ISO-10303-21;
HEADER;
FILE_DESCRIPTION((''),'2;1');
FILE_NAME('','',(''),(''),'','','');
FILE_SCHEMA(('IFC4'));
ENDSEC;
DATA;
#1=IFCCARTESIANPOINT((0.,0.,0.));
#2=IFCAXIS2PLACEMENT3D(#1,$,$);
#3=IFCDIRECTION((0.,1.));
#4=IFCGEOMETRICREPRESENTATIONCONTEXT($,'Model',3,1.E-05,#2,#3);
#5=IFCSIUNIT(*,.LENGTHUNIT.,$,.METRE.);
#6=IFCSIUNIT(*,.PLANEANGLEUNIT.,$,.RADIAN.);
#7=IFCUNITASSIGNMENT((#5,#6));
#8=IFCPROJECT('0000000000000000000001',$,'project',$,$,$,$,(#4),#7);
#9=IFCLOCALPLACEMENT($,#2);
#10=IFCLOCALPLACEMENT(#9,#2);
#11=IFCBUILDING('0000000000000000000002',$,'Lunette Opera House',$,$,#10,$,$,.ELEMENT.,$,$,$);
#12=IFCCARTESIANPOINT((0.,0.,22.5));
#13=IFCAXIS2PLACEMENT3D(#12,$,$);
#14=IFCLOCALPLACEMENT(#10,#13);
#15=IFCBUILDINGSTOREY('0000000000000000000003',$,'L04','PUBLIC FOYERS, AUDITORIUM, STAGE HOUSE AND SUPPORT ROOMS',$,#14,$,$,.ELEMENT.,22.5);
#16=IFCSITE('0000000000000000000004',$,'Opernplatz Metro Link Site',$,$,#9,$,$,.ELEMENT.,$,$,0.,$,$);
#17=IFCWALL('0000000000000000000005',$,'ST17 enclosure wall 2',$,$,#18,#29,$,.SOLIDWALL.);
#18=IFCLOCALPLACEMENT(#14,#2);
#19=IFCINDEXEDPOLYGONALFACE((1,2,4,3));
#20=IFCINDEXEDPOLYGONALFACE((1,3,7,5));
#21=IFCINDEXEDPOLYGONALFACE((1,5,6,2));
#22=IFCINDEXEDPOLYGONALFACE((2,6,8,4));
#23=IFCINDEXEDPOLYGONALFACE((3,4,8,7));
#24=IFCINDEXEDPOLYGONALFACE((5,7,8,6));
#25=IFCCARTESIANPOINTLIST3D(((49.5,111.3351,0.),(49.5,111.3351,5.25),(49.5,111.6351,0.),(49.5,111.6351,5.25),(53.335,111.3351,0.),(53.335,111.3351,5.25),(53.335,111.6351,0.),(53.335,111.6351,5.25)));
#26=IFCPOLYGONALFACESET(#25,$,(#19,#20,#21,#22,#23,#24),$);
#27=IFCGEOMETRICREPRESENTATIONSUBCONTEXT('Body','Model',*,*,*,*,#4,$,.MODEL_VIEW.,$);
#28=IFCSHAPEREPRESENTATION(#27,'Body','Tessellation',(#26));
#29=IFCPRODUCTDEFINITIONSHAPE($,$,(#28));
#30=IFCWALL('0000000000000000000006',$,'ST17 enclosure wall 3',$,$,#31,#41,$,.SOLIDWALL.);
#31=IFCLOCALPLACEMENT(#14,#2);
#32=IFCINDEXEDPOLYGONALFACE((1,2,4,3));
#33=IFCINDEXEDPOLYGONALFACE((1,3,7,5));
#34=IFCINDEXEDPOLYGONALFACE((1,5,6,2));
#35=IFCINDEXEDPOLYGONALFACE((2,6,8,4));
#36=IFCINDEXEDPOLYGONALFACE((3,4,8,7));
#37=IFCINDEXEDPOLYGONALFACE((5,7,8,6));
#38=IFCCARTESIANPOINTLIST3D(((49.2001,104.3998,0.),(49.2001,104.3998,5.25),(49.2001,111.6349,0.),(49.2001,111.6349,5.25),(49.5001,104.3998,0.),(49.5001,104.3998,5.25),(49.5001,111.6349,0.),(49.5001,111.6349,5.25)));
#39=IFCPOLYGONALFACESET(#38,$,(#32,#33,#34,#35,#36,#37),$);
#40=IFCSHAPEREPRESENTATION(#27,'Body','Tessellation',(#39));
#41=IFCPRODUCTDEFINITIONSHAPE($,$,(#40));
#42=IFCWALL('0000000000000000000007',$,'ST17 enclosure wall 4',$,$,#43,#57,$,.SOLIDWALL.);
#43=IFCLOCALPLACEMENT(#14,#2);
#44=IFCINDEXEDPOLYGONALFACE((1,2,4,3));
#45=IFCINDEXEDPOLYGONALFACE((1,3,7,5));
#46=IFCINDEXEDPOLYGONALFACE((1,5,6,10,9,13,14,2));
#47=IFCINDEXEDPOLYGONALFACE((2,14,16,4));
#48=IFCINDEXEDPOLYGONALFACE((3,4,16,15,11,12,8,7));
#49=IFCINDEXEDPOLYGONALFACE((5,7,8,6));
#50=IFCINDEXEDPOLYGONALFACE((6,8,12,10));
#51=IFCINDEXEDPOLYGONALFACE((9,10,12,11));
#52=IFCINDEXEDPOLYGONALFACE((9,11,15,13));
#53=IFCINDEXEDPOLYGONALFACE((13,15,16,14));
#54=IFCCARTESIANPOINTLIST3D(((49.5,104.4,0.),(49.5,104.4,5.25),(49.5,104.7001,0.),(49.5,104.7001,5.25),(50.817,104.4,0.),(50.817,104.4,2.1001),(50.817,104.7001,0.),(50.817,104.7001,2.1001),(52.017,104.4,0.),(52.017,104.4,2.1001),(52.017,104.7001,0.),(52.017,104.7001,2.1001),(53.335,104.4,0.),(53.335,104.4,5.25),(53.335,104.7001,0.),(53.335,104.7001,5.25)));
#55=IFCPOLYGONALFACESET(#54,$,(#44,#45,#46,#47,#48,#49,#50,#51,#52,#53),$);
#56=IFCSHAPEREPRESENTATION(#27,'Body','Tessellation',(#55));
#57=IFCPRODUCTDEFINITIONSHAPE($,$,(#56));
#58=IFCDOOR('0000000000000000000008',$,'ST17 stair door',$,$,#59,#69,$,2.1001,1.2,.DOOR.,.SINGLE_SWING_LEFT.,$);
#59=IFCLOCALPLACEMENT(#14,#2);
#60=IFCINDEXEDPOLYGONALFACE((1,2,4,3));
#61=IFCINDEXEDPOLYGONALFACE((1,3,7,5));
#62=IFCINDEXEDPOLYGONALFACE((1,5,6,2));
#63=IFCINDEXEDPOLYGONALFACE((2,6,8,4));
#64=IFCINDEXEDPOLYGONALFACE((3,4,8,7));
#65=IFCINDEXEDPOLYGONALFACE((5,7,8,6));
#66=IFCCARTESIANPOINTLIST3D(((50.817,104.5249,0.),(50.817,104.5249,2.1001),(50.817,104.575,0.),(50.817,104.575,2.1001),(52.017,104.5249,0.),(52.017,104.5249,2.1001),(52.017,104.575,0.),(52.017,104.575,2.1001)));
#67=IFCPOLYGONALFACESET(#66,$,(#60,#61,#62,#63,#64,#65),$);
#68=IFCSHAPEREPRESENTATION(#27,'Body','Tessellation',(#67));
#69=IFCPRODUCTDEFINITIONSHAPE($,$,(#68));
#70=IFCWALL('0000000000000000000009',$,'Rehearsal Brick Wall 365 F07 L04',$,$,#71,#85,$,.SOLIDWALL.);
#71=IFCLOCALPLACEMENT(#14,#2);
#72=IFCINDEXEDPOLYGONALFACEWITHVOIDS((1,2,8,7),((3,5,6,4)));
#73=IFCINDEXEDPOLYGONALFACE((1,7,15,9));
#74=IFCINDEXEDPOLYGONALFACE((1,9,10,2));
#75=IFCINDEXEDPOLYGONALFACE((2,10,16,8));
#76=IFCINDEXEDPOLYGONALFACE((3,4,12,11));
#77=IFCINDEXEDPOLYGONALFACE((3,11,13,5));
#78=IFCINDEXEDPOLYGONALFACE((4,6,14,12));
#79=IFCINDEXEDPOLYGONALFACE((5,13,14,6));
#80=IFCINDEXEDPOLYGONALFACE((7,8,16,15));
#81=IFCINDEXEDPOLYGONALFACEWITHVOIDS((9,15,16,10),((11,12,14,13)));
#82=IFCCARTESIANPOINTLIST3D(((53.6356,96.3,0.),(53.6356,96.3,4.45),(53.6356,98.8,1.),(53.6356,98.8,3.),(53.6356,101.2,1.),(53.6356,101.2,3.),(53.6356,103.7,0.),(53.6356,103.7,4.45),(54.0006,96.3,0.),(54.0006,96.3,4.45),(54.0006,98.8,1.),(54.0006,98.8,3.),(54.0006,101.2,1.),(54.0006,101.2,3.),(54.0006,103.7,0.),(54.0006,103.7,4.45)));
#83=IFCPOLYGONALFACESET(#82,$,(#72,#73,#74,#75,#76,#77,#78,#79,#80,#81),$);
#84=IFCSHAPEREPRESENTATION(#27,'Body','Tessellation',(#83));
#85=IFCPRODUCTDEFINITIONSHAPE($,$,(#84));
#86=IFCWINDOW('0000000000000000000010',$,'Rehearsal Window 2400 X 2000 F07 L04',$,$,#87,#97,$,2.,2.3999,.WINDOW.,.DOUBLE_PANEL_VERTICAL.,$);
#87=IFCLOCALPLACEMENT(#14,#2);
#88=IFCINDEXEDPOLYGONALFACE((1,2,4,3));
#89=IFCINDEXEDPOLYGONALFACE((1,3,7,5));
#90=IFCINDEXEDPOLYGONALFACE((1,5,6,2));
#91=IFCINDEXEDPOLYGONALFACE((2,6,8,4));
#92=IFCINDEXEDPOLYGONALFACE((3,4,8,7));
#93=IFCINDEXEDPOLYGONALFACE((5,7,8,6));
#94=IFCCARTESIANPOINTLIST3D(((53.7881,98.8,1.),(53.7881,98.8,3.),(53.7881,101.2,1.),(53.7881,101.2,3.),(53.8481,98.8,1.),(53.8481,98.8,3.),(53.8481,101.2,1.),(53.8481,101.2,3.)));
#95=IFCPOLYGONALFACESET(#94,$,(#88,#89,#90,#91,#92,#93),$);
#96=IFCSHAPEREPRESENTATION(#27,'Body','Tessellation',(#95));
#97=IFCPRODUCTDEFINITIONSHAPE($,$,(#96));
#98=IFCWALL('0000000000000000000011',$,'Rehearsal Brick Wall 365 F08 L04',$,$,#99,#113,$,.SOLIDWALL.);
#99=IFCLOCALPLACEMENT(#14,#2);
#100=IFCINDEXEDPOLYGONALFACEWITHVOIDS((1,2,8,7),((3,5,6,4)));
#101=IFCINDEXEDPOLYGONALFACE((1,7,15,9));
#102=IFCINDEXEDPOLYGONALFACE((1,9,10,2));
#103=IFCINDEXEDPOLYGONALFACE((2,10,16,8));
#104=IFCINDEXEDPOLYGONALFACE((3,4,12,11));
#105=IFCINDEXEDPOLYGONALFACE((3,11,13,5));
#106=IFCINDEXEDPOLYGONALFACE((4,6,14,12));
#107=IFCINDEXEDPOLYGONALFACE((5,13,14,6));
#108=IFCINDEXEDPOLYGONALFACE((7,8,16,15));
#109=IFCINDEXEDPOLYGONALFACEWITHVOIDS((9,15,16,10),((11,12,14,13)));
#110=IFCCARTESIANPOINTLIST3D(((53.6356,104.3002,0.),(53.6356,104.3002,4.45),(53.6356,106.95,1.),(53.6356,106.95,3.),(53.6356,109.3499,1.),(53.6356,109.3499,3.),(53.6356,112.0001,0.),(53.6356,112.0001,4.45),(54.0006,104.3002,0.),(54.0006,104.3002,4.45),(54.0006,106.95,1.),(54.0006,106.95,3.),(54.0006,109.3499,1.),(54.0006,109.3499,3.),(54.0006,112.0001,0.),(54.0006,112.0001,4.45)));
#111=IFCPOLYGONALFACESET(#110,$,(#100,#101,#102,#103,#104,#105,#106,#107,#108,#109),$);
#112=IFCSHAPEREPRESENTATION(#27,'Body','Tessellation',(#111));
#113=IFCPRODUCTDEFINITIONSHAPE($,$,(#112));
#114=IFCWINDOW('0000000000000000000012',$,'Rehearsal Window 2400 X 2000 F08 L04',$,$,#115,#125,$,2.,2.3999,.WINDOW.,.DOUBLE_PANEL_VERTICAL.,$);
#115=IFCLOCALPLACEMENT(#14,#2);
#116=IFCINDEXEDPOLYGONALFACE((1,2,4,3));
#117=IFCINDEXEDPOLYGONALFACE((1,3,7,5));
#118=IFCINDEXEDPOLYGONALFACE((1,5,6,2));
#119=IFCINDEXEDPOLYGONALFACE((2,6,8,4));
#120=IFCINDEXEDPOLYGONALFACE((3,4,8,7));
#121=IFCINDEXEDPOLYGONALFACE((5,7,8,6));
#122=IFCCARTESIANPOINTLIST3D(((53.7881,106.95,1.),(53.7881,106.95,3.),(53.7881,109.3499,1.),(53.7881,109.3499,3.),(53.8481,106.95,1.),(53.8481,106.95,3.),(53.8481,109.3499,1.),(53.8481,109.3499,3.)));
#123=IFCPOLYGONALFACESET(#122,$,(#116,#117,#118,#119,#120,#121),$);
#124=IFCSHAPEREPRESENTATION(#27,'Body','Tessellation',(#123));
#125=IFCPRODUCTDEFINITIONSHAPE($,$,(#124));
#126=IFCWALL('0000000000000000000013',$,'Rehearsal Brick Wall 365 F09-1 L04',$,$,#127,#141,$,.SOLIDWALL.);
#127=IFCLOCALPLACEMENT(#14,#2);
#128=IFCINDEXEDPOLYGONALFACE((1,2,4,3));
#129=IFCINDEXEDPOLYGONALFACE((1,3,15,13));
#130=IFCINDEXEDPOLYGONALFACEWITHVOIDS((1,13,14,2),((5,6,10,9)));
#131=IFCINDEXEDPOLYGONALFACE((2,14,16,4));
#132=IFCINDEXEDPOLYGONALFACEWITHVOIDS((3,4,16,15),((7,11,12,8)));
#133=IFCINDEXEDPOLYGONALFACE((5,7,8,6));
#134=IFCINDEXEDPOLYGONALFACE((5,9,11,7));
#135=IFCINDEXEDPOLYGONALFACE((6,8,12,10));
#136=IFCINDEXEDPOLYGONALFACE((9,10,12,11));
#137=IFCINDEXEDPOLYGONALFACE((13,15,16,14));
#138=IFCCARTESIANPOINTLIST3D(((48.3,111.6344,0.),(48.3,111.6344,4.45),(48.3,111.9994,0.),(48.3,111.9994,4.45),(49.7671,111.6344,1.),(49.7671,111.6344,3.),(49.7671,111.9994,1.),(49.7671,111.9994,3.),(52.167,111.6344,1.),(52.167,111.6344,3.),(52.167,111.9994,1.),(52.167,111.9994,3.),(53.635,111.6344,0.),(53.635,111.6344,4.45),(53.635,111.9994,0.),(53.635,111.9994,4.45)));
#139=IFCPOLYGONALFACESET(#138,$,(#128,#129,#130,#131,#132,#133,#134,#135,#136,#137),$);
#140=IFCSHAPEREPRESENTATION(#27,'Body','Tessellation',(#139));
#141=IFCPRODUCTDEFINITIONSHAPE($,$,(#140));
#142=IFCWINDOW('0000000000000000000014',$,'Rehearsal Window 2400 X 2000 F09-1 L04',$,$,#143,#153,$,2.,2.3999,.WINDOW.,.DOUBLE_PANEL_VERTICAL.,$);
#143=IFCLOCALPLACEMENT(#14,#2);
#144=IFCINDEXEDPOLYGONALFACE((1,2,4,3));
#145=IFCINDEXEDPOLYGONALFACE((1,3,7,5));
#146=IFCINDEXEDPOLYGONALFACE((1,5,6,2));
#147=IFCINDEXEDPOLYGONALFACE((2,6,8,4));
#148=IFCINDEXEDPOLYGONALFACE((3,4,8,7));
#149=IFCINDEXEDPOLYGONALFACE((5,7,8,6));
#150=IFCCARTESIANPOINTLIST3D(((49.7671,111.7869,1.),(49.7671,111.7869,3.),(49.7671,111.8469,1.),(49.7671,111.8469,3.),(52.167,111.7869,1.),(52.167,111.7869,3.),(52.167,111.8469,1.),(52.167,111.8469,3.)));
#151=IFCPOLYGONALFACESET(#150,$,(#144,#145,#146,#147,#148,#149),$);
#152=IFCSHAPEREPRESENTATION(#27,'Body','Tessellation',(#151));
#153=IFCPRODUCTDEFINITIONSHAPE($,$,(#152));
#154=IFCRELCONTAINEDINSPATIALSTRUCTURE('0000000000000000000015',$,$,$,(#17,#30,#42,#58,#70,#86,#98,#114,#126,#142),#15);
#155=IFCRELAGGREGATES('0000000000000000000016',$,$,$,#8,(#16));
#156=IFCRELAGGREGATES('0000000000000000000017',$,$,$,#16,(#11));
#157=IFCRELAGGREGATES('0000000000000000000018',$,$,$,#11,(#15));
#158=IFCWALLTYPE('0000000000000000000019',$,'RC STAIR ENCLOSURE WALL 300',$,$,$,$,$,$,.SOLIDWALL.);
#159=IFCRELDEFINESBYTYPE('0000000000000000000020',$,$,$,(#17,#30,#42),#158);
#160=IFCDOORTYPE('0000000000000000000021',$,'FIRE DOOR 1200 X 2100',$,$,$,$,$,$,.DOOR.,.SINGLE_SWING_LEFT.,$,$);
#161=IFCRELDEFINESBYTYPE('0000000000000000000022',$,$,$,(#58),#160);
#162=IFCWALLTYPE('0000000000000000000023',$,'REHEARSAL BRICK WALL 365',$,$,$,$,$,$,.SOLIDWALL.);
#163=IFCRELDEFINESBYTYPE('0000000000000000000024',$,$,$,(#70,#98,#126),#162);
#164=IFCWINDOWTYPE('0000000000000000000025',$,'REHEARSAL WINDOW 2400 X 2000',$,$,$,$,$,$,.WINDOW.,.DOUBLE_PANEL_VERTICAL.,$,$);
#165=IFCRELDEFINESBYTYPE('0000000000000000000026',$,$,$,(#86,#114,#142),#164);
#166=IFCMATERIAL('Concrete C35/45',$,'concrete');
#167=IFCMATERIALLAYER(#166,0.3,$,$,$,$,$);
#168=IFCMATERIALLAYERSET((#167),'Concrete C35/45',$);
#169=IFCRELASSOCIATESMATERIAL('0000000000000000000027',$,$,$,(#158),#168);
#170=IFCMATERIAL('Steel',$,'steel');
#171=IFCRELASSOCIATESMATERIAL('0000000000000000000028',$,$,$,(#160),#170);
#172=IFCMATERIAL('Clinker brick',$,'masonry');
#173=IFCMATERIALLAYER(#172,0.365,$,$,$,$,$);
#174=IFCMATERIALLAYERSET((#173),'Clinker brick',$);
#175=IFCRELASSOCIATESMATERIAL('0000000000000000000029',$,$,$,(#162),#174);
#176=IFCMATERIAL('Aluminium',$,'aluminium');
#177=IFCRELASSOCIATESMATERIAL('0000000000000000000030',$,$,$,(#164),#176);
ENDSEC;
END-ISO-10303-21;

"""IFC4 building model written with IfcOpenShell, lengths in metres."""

from ifc_helpers import new_model, si_unit, direction, frame, frame_2d, origin, place, context, subcontext, project, spatial, rectangle, extrude, material, layer, layer_set, type_object, element, fill, save


model = new_model("IFC4")

# Units and contexts
model_context = context("Model", 3, precision=1e-05, world=origin(), true_north=direction((0.0, 1.0)))
body_context = subcontext(model_context, "Body", "Model", "MODEL_VIEW")
ifc_project = project(units=[si_unit("LENGTHUNIT", "METRE"), si_unit("PLANEANGLEUNIT", "RADIAN")], contexts=[model_context])

# Site, building, storey
site_placement = place(None, origin())
site = spatial("IfcSite", under=ifc_project, at=site_placement, Name="Opernplatz Metro Link Site", CompositionType="ELEMENT", RefElevation=0.0)
building_placement = place(site_placement, origin())
building = spatial("IfcBuilding", under=site, at=building_placement, Name="Lunette Opera House", CompositionType="ELEMENT")
storey_placement = place(building_placement, frame((0.0, 0.0, 22.5)))
storey = spatial("IfcBuildingStorey", under=building, at=storey_placement, Name="L04", Description="PUBLIC FOYERS, AUDITORIUM, STAGE HOUSE AND SUPPORT ROOMS", CompositionType="ELEMENT", Elevation=22.5)

# Walls
ifc_material_1 = material(Name="Concrete C35/45", Category="concrete")
ifc_layer_1 = layer(ifc_material_1, 0.3)
ifc_layer_set_1 = layer_set([ifc_layer_1], Name="Concrete C35/45")
wall_type_1 = type_object("IfcWallType", Name="RC STAIR ENCLOSURE WALL 300", PredefinedType="SOLIDWALL", material=ifc_layer_set_1)
wall_1_placement = place(storey_placement, frame((53.335, 111.4851, 0.0), z_axis=(0.0, 0.0, 1.0), x_axis=(-1.0, 0.0, 0.0)))
element("IfcWall", 1, at=wall_1_placement, inside=storey, type_object=wall_type_1, Name="ST17 enclosure wall 2", PredefinedType="SOLIDWALL", context=body_context, shape_type="SweptSolid", body=[
    extrude(rectangle(XDim=3.835, YDim=0.3, at=frame_2d((1.9175, 0.0))), origin(), (0.0, 0.0, 1.0), 5.25),
])
wall_2_placement = place(storey_placement, frame((49.3501, 111.635, 0.0), z_axis=(0.0, 0.0, 1.0), x_axis=(0.0, -1.0, 0.0)))
element("IfcWall", 2, at=wall_2_placement, inside=storey, type_object=wall_type_1, Name="ST17 enclosure wall 3", PredefinedType="SOLIDWALL", context=body_context, shape_type="SweptSolid", body=[
    extrude(rectangle(XDim=7.2351, YDim=0.3, at=frame_2d((3.6177, 0.0))), origin(), (0.0, 0.0, 1.0), 5.25),
])

# Wall, opening, door
wall_3_placement = place(storey_placement, frame((49.5, 104.55, 0.0), z_axis=(0.0, 0.0, 1.0), x_axis=(1.0, 0.0, 0.0)))
wall_3 = element("IfcWall", 3, at=wall_3_placement, inside=storey, type_object=wall_type_1, Name="ST17 enclosure wall 4", PredefinedType="SOLIDWALL", context=body_context, shape_type="SweptSolid", body=[
    extrude(rectangle(XDim=3.835, YDim=0.3, at=frame_2d((1.9175, 0.0))), origin(), (0.0, 0.0, 1.0), 5.25),
])
opening_1_placement = place(wall_3_placement, frame((1.3169, 0.0, 0.0)))
opening_1 = element("IfcOpeningElement", 4, at=opening_1_placement, cuts=wall_3, PredefinedType="OPENING", context=body_context, shape_type="SweptSolid", body=[
    extrude(rectangle(XDim=1.2, YDim=2.1001, at=frame_2d((0.6001, 1.05))), frame((0.0, 0.1621, 0.0), z_axis=(0.0, -1.0, 0.0), x_axis=(1.0, 0.0, 0.0)), (0.0, 0.0, 1.0), 0.324),
])
ifc_material_2 = material(Name="Steel", Category="steel")
door_type = type_object("IfcDoorType", Name="FIRE DOOR 1200 X 2100", OperationType="SINGLE_SWING_LEFT", PredefinedType="DOOR", material=ifc_material_2)
door_placement = place(opening_1_placement, origin())
door = element("IfcDoor", 5, at=door_placement, inside=storey, type_object=door_type, Name="ST17 stair door", OperationType="SINGLE_SWING_LEFT", OverallHeight=2.1001, OverallWidth=1.2, PredefinedType="DOOR", context=body_context, shape_type="SweptSolid", body=[
    extrude(rectangle(XDim=1.2, YDim=2.1001, at=frame_2d((0.6001, 1.05))), frame((0.0, 0.0249, 0.0), z_axis=(0.0, -1.0, 0.0), x_axis=(1.0, 0.0, 0.0)), (0.0, 0.0, 1.0), 0.05),
])
fill(opening_1, door)

# Walls, openings, windows
ifc_material_3 = material(Name="Clinker brick", Category="masonry")
ifc_layer_2 = layer(ifc_material_3, 0.365)
ifc_layer_set_2 = layer_set([ifc_layer_2], Name="Clinker brick")
wall_type_2 = type_object("IfcWallType", Name="REHEARSAL BRICK WALL 365", PredefinedType="SOLIDWALL", material=ifc_layer_set_2)
wall_4_placement = place(storey_placement, frame((53.8181, 96.3, 0.0), z_axis=(0.0, 0.0, 1.0), x_axis=(0.0, 1.0, 0.0)))
wall_4 = element("IfcWall", 6, at=wall_4_placement, inside=storey, type_object=wall_type_2, Name="Rehearsal Brick Wall 365 F07 L04", PredefinedType="SOLIDWALL", context=body_context, shape_type="SweptSolid", body=[
    extrude(rectangle(XDim=7.3999, YDim=0.365, at=frame_2d((3.7, 0.0))), origin(), (0.0, 0.0, 1.0), 4.45),
])
opening_2_placement = place(wall_4_placement, frame((2.5, 0.0, 1.0)))
opening_2 = element("IfcOpeningElement", 7, at=opening_2_placement, cuts=wall_4, PredefinedType="OPENING", context=body_context, shape_type="SweptSolid", body=[
    extrude(rectangle(XDim=2.3999, YDim=2.0, at=frame_2d((1.2, 1.0))), frame((0.0, 0.1946, 0.0), z_axis=(0.0, -1.0, 0.0), x_axis=(1.0, 0.0, 0.0)), (0.0, 0.0, 1.0), 0.3889),
])
ifc_material_4 = material(Name="Aluminium", Category="aluminium")
window_type = type_object("IfcWindowType", Name="REHEARSAL WINDOW 2400 X 2000", PartitioningType="DOUBLE_PANEL_VERTICAL", PredefinedType="WINDOW", material=ifc_material_4)
window_1_placement = place(opening_2_placement, origin())
window_1 = element("IfcWindow", 8, at=window_1_placement, inside=storey, type_object=window_type, Name="Rehearsal Window 2400 X 2000 F07 L04", OverallHeight=2.0, OverallWidth=2.3999, PartitioningType="DOUBLE_PANEL_VERTICAL", PredefinedType="WINDOW", context=body_context, shape_type="SweptSolid", body=[
    extrude(rectangle(XDim=2.3999, YDim=2.0, at=frame_2d((1.2, 1.0))), frame((0.0, 0.03, 0.0), z_axis=(0.0, -1.0, 0.0), x_axis=(1.0, 0.0, 0.0)), (0.0, 0.0, 1.0), 0.0601),
])
fill(opening_2, window_1)
wall_5_placement = place(storey_placement, frame((53.8181, 104.3, 0.0), z_axis=(0.0, 0.0, 1.0), x_axis=(0.0, 1.0, 0.0)))
wall_5 = element("IfcWall", 9, at=wall_5_placement, inside=storey, type_object=wall_type_2, Name="Rehearsal Brick Wall 365 F08 L04", PredefinedType="SOLIDWALL", context=body_context, shape_type="SweptSolid", body=[
    extrude(rectangle(XDim=7.7, YDim=0.365, at=frame_2d((3.8501, 0.0))), origin(), (0.0, 0.0, 1.0), 4.45),
])
opening_3_placement = place(wall_5_placement, frame((2.6499, 0.0, 1.0)))
opening_3 = element("IfcOpeningElement", 10, at=opening_3_placement, cuts=wall_5, PredefinedType="OPENING", context=body_context, shape_type="SweptSolid", body=[
    extrude(rectangle(XDim=2.3999, YDim=2.0, at=frame_2d((1.2, 1.0))), frame((0.0, 0.1946, 0.0), z_axis=(0.0, -1.0, 0.0), x_axis=(1.0, 0.0, 0.0)), (0.0, 0.0, 1.0), 0.3889),
])
window_2_placement = place(opening_3_placement, origin())
window_2 = element("IfcWindow", 11, at=window_2_placement, inside=storey, type_object=window_type, Name="Rehearsal Window 2400 X 2000 F08 L04", OverallHeight=2.0, OverallWidth=2.3999, PartitioningType="DOUBLE_PANEL_VERTICAL", PredefinedType="WINDOW", context=body_context, shape_type="SweptSolid", body=[
    extrude(rectangle(XDim=2.3999, YDim=2.0, at=frame_2d((1.2, 1.0))), frame((0.0, 0.03, 0.0), z_axis=(0.0, -1.0, 0.0), x_axis=(1.0, 0.0, 0.0)), (0.0, 0.0, 1.0), 0.0601),
])
fill(opening_3, window_2)
wall_6_placement = place(storey_placement, frame((53.635, 111.8169, 0.0), z_axis=(0.0, 0.0, 1.0), x_axis=(-1.0, 0.0, 0.0)))
wall_6 = element("IfcWall", 12, at=wall_6_placement, inside=storey, type_object=wall_type_2, Name="Rehearsal Brick Wall 365 F09-1 L04", PredefinedType="SOLIDWALL", context=body_context, shape_type="SweptSolid", body=[
    extrude(rectangle(XDim=5.335, YDim=0.365, at=frame_2d((2.6675, 0.0))), origin(), (0.0, 0.0, 1.0), 4.45),
])
opening_4_placement = place(wall_6_placement, frame((1.468, 0.0, 1.0)))
opening_4 = element("IfcOpeningElement", 13, at=opening_4_placement, cuts=wall_6, PredefinedType="OPENING", context=body_context, shape_type="SweptSolid", body=[
    extrude(rectangle(XDim=2.3999, YDim=2.0, at=frame_2d((1.2, 1.0))), frame((0.0, 0.1946, 0.0), z_axis=(0.0, -1.0, 0.0), x_axis=(1.0, 0.0, 0.0)), (0.0, 0.0, 1.0), 0.3889),
])
window_3_placement = place(opening_4_placement, origin())
window_3 = element("IfcWindow", 14, at=window_3_placement, inside=storey, type_object=window_type, Name="Rehearsal Window 2400 X 2000 F09-1 L04", OverallHeight=2.0, OverallWidth=2.3999, PartitioningType="DOUBLE_PANEL_VERTICAL", PredefinedType="WINDOW", context=body_context, shape_type="SweptSolid", body=[
    extrude(rectangle(XDim=2.3999, YDim=2.0, at=frame_2d((1.2, 1.0))), frame((0.0, 0.03, 0.0), z_axis=(0.0, -1.0, 0.0), x_axis=(1.0, 0.0, 0.0)), (0.0, 0.0, 1.0), 0.0601),
])
fill(opening_4, window_3)

save(model, "model.ifc")
